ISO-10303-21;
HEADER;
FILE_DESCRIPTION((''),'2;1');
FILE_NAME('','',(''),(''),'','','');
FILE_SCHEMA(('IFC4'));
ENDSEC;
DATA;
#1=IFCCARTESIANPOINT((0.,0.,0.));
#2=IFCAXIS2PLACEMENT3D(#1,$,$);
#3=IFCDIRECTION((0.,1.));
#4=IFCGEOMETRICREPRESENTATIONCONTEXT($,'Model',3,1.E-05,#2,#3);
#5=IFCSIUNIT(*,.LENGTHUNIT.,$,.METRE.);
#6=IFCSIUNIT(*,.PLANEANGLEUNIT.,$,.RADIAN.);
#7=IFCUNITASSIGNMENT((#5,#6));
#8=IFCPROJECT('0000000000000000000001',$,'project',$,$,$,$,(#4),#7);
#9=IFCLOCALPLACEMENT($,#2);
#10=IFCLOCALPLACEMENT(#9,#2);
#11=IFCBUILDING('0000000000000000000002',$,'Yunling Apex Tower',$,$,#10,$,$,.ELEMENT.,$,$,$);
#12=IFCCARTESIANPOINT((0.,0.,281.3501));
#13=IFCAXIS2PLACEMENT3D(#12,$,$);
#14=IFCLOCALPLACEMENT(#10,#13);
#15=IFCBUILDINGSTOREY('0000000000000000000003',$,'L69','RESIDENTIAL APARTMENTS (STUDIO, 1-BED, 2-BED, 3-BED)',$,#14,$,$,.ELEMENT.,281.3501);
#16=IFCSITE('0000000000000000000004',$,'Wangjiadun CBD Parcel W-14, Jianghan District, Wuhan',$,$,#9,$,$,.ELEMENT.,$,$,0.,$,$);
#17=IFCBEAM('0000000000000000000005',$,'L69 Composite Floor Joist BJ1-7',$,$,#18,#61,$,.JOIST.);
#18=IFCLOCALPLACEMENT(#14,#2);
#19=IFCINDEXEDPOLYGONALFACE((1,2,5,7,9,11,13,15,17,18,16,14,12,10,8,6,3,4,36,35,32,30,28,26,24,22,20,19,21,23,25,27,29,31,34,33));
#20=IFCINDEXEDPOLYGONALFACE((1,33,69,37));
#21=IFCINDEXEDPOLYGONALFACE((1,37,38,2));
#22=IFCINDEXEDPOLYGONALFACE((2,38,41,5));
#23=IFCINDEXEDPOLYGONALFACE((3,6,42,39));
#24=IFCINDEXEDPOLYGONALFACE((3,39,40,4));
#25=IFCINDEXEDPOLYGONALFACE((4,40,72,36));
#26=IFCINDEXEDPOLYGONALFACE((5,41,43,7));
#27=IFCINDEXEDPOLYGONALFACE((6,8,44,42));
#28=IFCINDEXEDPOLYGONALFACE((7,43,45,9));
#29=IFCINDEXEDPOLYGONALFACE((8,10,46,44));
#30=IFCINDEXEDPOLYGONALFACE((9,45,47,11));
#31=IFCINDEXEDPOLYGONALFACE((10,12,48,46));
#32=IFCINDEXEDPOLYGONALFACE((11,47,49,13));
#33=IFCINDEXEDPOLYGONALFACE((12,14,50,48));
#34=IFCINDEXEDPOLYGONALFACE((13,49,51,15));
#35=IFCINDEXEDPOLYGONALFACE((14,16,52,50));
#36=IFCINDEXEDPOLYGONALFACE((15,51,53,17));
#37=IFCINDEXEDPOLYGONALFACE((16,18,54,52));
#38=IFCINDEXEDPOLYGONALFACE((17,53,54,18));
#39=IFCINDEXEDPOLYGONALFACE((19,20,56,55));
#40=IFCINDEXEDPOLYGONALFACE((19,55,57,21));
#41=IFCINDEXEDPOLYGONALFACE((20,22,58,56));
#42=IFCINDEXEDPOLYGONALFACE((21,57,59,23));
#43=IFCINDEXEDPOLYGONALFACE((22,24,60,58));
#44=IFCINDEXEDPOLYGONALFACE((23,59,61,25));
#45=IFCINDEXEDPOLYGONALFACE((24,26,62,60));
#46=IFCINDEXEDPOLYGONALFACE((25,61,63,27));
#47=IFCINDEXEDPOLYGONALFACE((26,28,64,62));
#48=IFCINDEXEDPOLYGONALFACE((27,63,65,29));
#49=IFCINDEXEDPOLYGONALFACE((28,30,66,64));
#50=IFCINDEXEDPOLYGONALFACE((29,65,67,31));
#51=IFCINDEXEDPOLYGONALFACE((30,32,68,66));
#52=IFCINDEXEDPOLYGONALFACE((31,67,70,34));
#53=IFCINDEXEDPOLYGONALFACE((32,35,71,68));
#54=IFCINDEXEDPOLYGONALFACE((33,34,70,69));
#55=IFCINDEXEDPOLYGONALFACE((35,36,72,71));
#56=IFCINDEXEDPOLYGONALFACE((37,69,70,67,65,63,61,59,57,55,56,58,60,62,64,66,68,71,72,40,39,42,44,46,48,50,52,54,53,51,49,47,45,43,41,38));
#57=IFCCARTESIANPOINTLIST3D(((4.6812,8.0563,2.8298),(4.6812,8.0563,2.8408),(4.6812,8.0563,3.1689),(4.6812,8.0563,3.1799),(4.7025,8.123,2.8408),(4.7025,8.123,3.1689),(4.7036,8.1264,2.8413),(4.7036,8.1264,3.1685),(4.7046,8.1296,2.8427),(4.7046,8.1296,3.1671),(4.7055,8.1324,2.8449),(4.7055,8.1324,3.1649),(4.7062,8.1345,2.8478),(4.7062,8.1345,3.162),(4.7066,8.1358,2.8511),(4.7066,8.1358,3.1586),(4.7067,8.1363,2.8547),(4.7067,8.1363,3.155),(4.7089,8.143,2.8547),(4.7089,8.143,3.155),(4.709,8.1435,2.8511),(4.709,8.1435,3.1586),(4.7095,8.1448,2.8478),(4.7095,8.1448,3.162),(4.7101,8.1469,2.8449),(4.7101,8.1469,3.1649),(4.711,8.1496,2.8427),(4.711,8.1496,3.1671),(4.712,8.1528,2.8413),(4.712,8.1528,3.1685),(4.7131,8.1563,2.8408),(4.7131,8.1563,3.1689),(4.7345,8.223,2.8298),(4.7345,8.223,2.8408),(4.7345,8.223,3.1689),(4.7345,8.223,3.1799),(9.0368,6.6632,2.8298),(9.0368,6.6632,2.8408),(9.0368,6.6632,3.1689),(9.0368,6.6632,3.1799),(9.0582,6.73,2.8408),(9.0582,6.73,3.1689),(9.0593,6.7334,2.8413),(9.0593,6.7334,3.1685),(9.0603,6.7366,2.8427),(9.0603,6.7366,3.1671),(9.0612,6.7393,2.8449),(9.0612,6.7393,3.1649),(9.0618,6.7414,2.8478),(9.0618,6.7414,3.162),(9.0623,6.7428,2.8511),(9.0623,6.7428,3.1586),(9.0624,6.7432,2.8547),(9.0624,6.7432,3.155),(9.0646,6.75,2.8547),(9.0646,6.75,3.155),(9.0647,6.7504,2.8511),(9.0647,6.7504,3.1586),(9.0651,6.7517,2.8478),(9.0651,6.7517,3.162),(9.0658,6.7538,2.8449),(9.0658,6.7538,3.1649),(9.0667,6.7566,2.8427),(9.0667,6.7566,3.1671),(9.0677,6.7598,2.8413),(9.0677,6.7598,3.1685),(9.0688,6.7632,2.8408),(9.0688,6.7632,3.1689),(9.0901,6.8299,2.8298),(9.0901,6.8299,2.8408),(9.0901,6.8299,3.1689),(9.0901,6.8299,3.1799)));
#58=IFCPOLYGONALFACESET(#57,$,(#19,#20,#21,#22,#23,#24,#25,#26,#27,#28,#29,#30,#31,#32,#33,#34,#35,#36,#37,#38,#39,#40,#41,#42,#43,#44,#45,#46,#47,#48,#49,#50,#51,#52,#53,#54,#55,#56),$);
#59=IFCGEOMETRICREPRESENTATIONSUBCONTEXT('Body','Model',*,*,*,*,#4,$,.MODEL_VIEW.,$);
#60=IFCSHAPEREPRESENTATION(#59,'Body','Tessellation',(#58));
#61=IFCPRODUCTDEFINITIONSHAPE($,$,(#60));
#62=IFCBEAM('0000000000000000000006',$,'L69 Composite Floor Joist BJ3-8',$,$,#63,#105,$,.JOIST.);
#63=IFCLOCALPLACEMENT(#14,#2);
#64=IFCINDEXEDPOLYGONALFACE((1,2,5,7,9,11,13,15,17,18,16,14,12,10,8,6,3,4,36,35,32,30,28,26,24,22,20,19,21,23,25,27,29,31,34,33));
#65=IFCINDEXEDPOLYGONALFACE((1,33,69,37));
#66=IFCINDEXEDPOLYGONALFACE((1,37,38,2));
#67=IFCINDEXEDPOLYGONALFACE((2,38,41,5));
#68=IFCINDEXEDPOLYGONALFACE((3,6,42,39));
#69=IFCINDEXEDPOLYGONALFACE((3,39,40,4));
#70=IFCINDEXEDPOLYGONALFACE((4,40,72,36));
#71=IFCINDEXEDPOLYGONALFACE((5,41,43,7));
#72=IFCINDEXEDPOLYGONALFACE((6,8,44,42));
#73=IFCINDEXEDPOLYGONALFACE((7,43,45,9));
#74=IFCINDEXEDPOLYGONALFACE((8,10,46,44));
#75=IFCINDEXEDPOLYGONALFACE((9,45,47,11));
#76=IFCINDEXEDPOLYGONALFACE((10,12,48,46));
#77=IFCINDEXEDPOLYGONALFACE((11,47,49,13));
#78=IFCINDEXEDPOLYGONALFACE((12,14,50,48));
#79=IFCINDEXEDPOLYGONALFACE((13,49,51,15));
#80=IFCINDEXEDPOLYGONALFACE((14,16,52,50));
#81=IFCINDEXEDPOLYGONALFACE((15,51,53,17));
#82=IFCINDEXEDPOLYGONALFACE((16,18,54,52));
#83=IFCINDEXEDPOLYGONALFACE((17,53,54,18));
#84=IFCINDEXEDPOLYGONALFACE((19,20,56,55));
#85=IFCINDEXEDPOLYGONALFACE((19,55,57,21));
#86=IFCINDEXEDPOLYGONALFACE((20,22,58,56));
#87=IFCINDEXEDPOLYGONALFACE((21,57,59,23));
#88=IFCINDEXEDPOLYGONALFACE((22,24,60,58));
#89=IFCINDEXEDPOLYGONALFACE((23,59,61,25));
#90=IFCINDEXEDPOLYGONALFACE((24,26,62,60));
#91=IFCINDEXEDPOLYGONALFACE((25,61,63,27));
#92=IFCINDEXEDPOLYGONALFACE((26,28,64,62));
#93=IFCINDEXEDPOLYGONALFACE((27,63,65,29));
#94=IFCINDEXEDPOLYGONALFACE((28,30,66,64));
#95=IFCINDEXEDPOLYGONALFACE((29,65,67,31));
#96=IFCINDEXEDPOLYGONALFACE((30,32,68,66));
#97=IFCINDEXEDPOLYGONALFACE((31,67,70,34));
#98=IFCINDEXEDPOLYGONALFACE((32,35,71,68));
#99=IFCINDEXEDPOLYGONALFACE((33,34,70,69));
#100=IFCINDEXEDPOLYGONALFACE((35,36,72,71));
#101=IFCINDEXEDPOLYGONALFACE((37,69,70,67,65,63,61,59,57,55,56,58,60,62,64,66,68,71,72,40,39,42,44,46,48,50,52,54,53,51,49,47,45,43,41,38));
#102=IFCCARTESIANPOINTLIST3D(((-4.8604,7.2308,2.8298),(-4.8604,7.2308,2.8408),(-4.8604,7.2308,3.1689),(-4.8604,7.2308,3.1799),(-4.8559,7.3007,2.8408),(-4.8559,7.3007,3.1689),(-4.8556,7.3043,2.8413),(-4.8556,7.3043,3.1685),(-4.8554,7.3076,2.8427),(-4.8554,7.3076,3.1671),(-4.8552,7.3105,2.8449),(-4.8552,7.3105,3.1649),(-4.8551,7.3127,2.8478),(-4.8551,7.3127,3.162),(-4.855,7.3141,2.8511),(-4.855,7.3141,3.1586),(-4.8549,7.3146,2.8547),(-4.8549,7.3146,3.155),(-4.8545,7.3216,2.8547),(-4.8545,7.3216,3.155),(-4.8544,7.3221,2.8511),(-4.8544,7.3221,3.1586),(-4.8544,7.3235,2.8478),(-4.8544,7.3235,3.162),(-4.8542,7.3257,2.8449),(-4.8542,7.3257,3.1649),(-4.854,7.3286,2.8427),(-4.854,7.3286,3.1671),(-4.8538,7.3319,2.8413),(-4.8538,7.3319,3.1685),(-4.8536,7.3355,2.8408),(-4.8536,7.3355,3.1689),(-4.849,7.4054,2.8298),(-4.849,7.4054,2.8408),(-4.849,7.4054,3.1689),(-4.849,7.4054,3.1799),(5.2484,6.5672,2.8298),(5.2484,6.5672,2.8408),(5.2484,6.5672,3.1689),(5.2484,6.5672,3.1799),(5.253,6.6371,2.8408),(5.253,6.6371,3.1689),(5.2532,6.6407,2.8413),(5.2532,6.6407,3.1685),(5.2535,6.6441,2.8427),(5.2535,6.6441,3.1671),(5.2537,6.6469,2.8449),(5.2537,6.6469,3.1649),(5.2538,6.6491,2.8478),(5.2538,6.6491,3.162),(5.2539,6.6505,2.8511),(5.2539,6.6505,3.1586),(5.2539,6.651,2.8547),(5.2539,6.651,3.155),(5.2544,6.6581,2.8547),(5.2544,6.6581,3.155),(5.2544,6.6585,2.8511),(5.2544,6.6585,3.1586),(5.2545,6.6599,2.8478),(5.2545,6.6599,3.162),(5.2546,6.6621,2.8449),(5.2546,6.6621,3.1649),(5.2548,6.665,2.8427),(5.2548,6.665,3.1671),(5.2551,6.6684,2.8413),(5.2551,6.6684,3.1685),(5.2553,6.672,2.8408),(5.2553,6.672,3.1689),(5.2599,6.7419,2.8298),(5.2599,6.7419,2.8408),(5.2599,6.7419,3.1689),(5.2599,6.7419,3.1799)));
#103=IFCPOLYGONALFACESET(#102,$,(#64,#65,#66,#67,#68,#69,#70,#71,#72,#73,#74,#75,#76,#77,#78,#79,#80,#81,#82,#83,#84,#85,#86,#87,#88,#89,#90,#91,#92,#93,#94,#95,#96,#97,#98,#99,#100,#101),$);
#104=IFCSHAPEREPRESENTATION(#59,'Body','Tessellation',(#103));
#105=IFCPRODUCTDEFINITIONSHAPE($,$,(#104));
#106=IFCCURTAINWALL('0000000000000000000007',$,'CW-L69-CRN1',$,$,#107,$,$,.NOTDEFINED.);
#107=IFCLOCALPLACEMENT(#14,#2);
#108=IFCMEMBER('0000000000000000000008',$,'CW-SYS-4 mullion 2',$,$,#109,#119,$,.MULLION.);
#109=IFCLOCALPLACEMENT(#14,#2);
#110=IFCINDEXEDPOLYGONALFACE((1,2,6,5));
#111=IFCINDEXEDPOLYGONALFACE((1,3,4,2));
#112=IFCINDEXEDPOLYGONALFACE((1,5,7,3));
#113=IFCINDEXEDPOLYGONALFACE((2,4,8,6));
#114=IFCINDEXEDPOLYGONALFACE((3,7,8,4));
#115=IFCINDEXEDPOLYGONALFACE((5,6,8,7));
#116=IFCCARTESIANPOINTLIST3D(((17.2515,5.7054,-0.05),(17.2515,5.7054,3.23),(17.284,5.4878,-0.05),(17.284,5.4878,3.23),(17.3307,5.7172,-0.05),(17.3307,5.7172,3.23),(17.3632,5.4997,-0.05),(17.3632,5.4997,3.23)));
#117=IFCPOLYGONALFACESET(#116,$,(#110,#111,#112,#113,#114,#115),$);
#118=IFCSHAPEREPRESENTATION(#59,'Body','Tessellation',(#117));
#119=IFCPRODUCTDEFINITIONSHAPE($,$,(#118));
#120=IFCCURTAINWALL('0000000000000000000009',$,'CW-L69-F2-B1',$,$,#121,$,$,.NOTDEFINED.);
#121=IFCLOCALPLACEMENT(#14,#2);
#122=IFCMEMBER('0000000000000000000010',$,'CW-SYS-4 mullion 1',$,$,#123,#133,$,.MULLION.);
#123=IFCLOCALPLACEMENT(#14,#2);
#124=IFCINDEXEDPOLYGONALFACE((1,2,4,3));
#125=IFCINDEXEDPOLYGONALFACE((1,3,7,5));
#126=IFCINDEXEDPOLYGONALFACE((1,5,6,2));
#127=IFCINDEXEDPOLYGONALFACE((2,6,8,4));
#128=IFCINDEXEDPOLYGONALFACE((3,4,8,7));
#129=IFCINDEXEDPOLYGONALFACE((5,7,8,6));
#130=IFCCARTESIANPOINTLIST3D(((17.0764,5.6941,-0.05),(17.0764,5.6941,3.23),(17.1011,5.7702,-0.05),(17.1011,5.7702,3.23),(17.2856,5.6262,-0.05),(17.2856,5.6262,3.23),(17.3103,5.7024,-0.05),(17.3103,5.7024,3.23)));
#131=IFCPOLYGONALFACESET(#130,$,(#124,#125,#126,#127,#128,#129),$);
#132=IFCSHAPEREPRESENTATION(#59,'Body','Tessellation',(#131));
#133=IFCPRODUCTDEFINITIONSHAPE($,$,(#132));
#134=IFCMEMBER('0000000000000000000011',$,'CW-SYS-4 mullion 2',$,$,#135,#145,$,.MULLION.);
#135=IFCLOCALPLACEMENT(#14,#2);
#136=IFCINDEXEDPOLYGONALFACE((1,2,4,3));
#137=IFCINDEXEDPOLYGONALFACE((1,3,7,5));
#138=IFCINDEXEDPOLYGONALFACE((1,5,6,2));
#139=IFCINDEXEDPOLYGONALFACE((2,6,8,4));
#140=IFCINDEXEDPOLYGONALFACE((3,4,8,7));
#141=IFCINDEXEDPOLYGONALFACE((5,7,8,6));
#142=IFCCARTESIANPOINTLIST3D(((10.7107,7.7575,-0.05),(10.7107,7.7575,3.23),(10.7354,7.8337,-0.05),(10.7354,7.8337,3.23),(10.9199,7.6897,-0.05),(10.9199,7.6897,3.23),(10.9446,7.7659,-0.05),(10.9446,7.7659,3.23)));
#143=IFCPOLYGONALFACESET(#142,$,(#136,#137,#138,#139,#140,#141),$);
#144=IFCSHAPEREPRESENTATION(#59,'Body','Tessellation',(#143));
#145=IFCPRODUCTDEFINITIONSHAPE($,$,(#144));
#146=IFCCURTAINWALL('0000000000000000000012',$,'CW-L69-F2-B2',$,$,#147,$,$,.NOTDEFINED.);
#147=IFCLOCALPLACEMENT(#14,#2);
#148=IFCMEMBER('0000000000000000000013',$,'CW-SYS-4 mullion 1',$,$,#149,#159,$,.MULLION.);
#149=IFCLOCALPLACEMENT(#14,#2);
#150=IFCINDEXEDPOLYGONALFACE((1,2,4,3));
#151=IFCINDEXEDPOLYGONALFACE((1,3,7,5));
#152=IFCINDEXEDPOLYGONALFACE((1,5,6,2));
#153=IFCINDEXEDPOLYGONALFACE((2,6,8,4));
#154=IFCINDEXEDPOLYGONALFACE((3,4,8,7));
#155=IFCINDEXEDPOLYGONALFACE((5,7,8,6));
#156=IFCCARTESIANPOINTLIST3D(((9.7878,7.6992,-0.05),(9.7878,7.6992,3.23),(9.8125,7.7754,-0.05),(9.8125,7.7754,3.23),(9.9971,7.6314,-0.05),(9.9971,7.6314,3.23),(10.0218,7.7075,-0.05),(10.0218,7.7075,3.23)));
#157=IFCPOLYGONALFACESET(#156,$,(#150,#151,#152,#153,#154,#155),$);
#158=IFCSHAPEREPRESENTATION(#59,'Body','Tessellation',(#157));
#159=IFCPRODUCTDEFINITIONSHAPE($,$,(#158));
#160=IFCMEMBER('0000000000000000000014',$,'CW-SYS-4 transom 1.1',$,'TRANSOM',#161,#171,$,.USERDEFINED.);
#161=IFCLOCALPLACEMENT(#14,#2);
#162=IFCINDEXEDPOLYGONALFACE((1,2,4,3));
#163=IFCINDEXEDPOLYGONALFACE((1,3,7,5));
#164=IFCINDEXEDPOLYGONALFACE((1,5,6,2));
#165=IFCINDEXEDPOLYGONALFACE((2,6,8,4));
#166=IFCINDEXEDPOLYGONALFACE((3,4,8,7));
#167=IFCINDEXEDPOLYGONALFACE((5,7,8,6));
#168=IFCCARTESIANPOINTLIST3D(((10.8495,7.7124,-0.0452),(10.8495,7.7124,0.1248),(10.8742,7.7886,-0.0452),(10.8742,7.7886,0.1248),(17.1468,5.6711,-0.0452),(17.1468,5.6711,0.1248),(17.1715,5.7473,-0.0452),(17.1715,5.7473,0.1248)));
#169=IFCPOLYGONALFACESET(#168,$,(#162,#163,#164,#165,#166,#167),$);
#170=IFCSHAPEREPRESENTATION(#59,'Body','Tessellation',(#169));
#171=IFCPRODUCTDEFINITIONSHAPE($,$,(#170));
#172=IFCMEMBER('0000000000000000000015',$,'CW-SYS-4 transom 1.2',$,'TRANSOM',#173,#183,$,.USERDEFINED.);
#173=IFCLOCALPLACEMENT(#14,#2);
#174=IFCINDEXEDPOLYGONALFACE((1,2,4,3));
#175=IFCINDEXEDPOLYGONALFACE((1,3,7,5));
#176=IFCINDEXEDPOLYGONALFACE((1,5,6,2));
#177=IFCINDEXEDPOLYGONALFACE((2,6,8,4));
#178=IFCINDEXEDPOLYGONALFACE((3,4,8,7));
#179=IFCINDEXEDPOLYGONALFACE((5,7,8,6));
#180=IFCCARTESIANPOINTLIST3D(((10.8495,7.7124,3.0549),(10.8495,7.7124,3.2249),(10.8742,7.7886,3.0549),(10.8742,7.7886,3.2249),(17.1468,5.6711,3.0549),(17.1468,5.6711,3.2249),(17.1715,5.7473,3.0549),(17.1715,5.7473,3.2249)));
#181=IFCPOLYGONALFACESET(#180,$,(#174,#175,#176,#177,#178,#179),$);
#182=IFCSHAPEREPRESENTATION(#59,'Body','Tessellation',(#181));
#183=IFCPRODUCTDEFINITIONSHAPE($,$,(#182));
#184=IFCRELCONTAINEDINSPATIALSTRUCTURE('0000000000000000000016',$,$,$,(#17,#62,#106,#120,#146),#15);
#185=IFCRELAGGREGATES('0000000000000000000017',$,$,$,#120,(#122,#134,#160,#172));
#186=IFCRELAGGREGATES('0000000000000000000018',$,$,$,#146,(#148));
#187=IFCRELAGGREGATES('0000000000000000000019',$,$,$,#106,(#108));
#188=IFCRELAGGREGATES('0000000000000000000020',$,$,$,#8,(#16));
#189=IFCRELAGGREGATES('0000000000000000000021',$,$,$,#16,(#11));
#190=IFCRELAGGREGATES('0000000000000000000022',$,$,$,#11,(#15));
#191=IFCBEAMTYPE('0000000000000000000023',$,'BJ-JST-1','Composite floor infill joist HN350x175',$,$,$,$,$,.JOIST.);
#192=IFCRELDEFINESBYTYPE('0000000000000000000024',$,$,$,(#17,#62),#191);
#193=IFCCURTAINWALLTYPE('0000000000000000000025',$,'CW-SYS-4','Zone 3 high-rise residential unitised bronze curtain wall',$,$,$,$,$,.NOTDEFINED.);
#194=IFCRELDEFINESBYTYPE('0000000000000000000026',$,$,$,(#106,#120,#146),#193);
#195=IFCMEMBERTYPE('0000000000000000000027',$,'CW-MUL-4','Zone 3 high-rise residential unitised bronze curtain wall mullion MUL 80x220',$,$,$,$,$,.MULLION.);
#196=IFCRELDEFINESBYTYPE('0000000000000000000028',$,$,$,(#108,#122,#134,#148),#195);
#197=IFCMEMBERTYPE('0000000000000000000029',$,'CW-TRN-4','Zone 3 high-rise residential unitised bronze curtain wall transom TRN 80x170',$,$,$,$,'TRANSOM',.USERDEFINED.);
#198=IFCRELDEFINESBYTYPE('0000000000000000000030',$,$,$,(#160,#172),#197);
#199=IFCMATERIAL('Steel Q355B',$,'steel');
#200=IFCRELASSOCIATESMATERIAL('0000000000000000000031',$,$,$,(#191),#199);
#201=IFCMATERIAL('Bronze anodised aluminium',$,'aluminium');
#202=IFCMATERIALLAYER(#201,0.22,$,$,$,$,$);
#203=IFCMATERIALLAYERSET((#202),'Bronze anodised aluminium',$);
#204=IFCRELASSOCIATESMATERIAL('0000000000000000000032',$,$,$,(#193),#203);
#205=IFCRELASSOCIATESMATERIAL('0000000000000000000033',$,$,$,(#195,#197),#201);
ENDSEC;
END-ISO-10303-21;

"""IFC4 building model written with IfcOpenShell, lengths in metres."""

from ifc_helpers import new_model, si_unit, direction, frame, origin, origin_2d, place, context, subcontext, project, spatial, rectangle, i_section, extrude, source, transform, mapped, material, layer, layer_set, material_profile, profile_set, type_object, element, aggregate, save


model = new_model("IFC4")

# Units and contexts
model_context = context("Model", 3, precision=1e-05, world=origin(), true_north=direction((0.0, 1.0)))
body_context = subcontext(model_context, "Body", "Model", "MODEL_VIEW")
ifc_project = project(units=[si_unit("LENGTHUNIT", "METRE"), si_unit("PLANEANGLEUNIT", "RADIAN")], contexts=[model_context])

# Site, building, storey
site_placement = place(None, origin())
site = spatial("IfcSite", under=ifc_project, at=site_placement, Name="Wangjiadun CBD Parcel W-14, Jianghan District, Wuhan", CompositionType="ELEMENT", RefElevation=0.0)
building_placement = place(site_placement, origin())
building = spatial("IfcBuilding", under=site, at=building_placement, Name="Yunling Apex Tower", CompositionType="ELEMENT")
storey_placement = place(building_placement, frame((0.0, 0.0, 281.3501)))
storey = spatial("IfcBuildingStorey", under=building, at=storey_placement, Name="L69", Description="RESIDENTIAL APARTMENTS (STUDIO, 1-BED, 2-BED, 3-BED)", CompositionType="ELEMENT", Elevation=281.3501)

# Shared definitions
ifc_material_1 = material(Name="Steel Q355B", Category="steel")

# Beams
ifc_material_profile_1 = material_profile(ifc_material_1, i_section(OverallWidth=0.175, OverallDepth=0.3501, WebThickness=0.0071, FlangeThickness=0.011, FilletRadius=0.0139, at=origin_2d()))
ifc_profile_set_1 = profile_set([ifc_material_profile_1], Name="Steel Q355B")
beam_type_1 = type_object("IfcBeamType", Name="BJ-JST-1", Description="Composite floor infill joist HN350x175", PredefinedType="JOIST", material=ifc_profile_set_1)
shared_shape_1 = source(origin(), body_context, "Body", "SweptSolid", [
    extrude(i_section(OverallWidth=0.175, OverallDepth=0.3501, WebThickness=0.0071, FlangeThickness=0.011, FilletRadius=0.0139, at=origin_2d()), origin(), (0.0, 0.0, 1.0), 4.573),
])
beam_1_placement = place(storey_placement, frame((9.0635, 6.7466, 3.0049), z_axis=(-0.952472, 0.304625, 0.0), x_axis=(-0.304625, -0.952472, 0.0)))
element("IfcBeam", 1, at=beam_1_placement, inside=storey, type_object=beam_type_1, Name="L69 Composite Floor Joist BJ1-7", PredefinedType="JOIST", context=body_context, shape_type="MappedRepresentation", body=[
    mapped(shared_shape_1, transform((0.0, 0.0, 0.0), scale=1.0)),
])
shared_shape_2 = source(origin(), body_context, "Body", "SweptSolid", [
    extrude(i_section(OverallWidth=0.175, OverallDepth=0.3501, WebThickness=0.0071, FlangeThickness=0.011, FilletRadius=0.0139, at=origin_2d()), origin(), (0.0, 0.0, 1.0), 10.1306),
])
beam_2_placement = place(storey_placement, frame((5.2542, 6.6545, 3.0049), z_axis=(-0.997852, 0.065502, 0.0), x_axis=(-0.065502, -0.997852, 0.0)))
element("IfcBeam", 2, at=beam_2_placement, inside=storey, type_object=beam_type_1, Name="L69 Composite Floor Joist BJ3-8", PredefinedType="JOIST", context=body_context, shape_type="MappedRepresentation", body=[
    mapped(shared_shape_2, transform((0.0, 0.0, 0.0), scale=1.0)),
])

# Curtain wall, member
ifc_material_2 = material(Name="Bronze anodised aluminium", Category="aluminium")
ifc_layer_1 = layer(ifc_material_2, 0.22)
ifc_layer_set_1 = layer_set([ifc_layer_1], Name="Bronze anodised aluminium")
curtain_wall_type = type_object("IfcCurtainWallType", Name="CW-SYS-4", Description="Zone 3 high-rise residential unitised bronze curtain wall", PredefinedType="NOTDEFINED", material=ifc_layer_set_1)
curtain_wall_1_placement = place(storey_placement, origin())
curtain_wall_1 = element("IfcCurtainWall", 3, at=curtain_wall_1_placement, inside=storey, type_object=curtain_wall_type, Name="CW-L69-CRN1", PredefinedType="NOTDEFINED")
ifc_material_profile_2 = material_profile(ifc_material_2, rectangle(XDim=0.0801, YDim=0.22, at=origin_2d()))
ifc_profile_set_2 = profile_set([ifc_material_profile_2], Name="Bronze anodised aluminium")
member_type_1 = type_object("IfcMemberType", Name="CW-MUL-4", Description="Zone 3 high-rise residential unitised bronze curtain wall mullion MUL 80x220", PredefinedType="MULLION", material=ifc_profile_set_2)
shared_shape_3 = source(origin(), body_context, "Body", "SweptSolid", [
    extrude(rectangle(XDim=0.0801, YDim=0.22, at=origin_2d()), origin(), (0.0, 0.0, 1.0), 3.28),
])
member_1_placement = place(storey_placement, frame((17.3074, 5.6025, -0.05), z_axis=(0.0, 0.0, 1.0), x_axis=(-0.989017, -0.147803, 0.0)))
member_1 = element("IfcMember", 4, at=member_1_placement, type_object=member_type_1, Name="CW-SYS-4 mullion 2", PredefinedType="MULLION", context=body_context, shape_type="MappedRepresentation", body=[
    mapped(shared_shape_3, transform((0.0, 0.0, 0.0), scale=1.0)),
])

# Curtain wall, members
curtain_wall_2_placement = place(storey_placement, origin())
curtain_wall_2 = element("IfcCurtainWall", 5, at=curtain_wall_2_placement, inside=storey, type_object=curtain_wall_type, Name="CW-L69-F2-B1", PredefinedType="NOTDEFINED")
member_2_placement = place(storey_placement, frame((17.1934, 5.6982, -0.05), z_axis=(0.0, 0.0, 1.0), x_axis=(-0.308353, -0.951272, 0.0)))
member_2 = element("IfcMember", 6, at=member_2_placement, type_object=member_type_1, Name="CW-SYS-4 mullion 1", PredefinedType="MULLION", context=body_context, shape_type="MappedRepresentation", body=[
    mapped(shared_shape_3, transform((0.0, 0.0, 0.0), scale=1.0)),
])
member_3_placement = place(storey_placement, frame((10.8276, 7.7617, -0.05), z_axis=(0.0, 0.0, 1.0), x_axis=(-0.308353, -0.951272, 0.0)))
member_3 = element("IfcMember", 7, at=member_3_placement, type_object=member_type_1, Name="CW-SYS-4 mullion 2", PredefinedType="MULLION", context=body_context, shape_type="MappedRepresentation", body=[
    mapped(shared_shape_3, transform((0.0, 0.0, 0.0), scale=1.0)),
])

# Curtain wall, member
curtain_wall_3_placement = place(storey_placement, origin())
curtain_wall_3 = element("IfcCurtainWall", 8, at=curtain_wall_3_placement, inside=storey, type_object=curtain_wall_type, Name="CW-L69-F2-B2", PredefinedType="NOTDEFINED")
member_4_placement = place(storey_placement, frame((9.9048, 7.7034, -0.05), z_axis=(0.0, 0.0, 1.0), x_axis=(-0.308369, -0.951267, 0.0)))
member_4 = element("IfcMember", 9, at=member_4_placement, type_object=member_type_1, Name="CW-SYS-4 mullion 1", PredefinedType="MULLION", context=body_context, shape_type="MappedRepresentation", body=[
    mapped(shared_shape_3, transform((0.0, 0.0, 0.0), scale=1.0)),
])

# Members
ifc_material_profile_3 = material_profile(ifc_material_2, rectangle(XDim=0.0801, YDim=0.1699, at=origin_2d()))
ifc_profile_set_3 = profile_set([ifc_material_profile_3], Name="Bronze anodised aluminium")
member_type_2 = type_object("IfcMemberType", Name="CW-TRN-4", Description="Zone 3 high-rise residential unitised bronze curtain wall transom TRN 80x170", ElementType="TRANSOM", PredefinedType="USERDEFINED", material=ifc_profile_set_3)
shared_shape_4 = source(origin(), body_context, "Body", "SweptSolid", [
    extrude(rectangle(XDim=0.0801, YDim=0.1699, at=origin_2d()), origin(), (0.0, 0.0, 1.0), 6.6199),
])
member_5_placement = place(storey_placement, frame((17.1592, 5.7092, 0.0398), z_axis=(-0.951273, 0.30835, 0.0), x_axis=(-0.30835, -0.951273, 0.0)))
member_5 = element("IfcMember", 10, at=member_5_placement, type_object=member_type_2, Name="CW-SYS-4 transom 1.1", ObjectType="TRANSOM", PredefinedType="USERDEFINED", context=body_context, shape_type="MappedRepresentation", body=[
    mapped(shared_shape_4, transform((0.0, 0.0, 0.0), scale=1.0)),
])
member_6_placement = place(storey_placement, frame((17.1592, 5.7092, 3.1399), z_axis=(-0.951273, 0.30835, 0.0), x_axis=(-0.30835, -0.951273, 0.0)))
member_6 = element("IfcMember", 11, at=member_6_placement, type_object=member_type_2, Name="CW-SYS-4 transom 1.2", ObjectType="TRANSOM", PredefinedType="USERDEFINED", context=body_context, shape_type="MappedRepresentation", body=[
    mapped(shared_shape_4, transform((0.0, 0.0, 0.0), scale=1.0)),
])

aggregate(curtain_wall_2, [member_2, member_3, member_5, member_6])
aggregate(curtain_wall_3, [member_4])
aggregate(curtain_wall_1, [member_1])

save(model, "model.ifc")
